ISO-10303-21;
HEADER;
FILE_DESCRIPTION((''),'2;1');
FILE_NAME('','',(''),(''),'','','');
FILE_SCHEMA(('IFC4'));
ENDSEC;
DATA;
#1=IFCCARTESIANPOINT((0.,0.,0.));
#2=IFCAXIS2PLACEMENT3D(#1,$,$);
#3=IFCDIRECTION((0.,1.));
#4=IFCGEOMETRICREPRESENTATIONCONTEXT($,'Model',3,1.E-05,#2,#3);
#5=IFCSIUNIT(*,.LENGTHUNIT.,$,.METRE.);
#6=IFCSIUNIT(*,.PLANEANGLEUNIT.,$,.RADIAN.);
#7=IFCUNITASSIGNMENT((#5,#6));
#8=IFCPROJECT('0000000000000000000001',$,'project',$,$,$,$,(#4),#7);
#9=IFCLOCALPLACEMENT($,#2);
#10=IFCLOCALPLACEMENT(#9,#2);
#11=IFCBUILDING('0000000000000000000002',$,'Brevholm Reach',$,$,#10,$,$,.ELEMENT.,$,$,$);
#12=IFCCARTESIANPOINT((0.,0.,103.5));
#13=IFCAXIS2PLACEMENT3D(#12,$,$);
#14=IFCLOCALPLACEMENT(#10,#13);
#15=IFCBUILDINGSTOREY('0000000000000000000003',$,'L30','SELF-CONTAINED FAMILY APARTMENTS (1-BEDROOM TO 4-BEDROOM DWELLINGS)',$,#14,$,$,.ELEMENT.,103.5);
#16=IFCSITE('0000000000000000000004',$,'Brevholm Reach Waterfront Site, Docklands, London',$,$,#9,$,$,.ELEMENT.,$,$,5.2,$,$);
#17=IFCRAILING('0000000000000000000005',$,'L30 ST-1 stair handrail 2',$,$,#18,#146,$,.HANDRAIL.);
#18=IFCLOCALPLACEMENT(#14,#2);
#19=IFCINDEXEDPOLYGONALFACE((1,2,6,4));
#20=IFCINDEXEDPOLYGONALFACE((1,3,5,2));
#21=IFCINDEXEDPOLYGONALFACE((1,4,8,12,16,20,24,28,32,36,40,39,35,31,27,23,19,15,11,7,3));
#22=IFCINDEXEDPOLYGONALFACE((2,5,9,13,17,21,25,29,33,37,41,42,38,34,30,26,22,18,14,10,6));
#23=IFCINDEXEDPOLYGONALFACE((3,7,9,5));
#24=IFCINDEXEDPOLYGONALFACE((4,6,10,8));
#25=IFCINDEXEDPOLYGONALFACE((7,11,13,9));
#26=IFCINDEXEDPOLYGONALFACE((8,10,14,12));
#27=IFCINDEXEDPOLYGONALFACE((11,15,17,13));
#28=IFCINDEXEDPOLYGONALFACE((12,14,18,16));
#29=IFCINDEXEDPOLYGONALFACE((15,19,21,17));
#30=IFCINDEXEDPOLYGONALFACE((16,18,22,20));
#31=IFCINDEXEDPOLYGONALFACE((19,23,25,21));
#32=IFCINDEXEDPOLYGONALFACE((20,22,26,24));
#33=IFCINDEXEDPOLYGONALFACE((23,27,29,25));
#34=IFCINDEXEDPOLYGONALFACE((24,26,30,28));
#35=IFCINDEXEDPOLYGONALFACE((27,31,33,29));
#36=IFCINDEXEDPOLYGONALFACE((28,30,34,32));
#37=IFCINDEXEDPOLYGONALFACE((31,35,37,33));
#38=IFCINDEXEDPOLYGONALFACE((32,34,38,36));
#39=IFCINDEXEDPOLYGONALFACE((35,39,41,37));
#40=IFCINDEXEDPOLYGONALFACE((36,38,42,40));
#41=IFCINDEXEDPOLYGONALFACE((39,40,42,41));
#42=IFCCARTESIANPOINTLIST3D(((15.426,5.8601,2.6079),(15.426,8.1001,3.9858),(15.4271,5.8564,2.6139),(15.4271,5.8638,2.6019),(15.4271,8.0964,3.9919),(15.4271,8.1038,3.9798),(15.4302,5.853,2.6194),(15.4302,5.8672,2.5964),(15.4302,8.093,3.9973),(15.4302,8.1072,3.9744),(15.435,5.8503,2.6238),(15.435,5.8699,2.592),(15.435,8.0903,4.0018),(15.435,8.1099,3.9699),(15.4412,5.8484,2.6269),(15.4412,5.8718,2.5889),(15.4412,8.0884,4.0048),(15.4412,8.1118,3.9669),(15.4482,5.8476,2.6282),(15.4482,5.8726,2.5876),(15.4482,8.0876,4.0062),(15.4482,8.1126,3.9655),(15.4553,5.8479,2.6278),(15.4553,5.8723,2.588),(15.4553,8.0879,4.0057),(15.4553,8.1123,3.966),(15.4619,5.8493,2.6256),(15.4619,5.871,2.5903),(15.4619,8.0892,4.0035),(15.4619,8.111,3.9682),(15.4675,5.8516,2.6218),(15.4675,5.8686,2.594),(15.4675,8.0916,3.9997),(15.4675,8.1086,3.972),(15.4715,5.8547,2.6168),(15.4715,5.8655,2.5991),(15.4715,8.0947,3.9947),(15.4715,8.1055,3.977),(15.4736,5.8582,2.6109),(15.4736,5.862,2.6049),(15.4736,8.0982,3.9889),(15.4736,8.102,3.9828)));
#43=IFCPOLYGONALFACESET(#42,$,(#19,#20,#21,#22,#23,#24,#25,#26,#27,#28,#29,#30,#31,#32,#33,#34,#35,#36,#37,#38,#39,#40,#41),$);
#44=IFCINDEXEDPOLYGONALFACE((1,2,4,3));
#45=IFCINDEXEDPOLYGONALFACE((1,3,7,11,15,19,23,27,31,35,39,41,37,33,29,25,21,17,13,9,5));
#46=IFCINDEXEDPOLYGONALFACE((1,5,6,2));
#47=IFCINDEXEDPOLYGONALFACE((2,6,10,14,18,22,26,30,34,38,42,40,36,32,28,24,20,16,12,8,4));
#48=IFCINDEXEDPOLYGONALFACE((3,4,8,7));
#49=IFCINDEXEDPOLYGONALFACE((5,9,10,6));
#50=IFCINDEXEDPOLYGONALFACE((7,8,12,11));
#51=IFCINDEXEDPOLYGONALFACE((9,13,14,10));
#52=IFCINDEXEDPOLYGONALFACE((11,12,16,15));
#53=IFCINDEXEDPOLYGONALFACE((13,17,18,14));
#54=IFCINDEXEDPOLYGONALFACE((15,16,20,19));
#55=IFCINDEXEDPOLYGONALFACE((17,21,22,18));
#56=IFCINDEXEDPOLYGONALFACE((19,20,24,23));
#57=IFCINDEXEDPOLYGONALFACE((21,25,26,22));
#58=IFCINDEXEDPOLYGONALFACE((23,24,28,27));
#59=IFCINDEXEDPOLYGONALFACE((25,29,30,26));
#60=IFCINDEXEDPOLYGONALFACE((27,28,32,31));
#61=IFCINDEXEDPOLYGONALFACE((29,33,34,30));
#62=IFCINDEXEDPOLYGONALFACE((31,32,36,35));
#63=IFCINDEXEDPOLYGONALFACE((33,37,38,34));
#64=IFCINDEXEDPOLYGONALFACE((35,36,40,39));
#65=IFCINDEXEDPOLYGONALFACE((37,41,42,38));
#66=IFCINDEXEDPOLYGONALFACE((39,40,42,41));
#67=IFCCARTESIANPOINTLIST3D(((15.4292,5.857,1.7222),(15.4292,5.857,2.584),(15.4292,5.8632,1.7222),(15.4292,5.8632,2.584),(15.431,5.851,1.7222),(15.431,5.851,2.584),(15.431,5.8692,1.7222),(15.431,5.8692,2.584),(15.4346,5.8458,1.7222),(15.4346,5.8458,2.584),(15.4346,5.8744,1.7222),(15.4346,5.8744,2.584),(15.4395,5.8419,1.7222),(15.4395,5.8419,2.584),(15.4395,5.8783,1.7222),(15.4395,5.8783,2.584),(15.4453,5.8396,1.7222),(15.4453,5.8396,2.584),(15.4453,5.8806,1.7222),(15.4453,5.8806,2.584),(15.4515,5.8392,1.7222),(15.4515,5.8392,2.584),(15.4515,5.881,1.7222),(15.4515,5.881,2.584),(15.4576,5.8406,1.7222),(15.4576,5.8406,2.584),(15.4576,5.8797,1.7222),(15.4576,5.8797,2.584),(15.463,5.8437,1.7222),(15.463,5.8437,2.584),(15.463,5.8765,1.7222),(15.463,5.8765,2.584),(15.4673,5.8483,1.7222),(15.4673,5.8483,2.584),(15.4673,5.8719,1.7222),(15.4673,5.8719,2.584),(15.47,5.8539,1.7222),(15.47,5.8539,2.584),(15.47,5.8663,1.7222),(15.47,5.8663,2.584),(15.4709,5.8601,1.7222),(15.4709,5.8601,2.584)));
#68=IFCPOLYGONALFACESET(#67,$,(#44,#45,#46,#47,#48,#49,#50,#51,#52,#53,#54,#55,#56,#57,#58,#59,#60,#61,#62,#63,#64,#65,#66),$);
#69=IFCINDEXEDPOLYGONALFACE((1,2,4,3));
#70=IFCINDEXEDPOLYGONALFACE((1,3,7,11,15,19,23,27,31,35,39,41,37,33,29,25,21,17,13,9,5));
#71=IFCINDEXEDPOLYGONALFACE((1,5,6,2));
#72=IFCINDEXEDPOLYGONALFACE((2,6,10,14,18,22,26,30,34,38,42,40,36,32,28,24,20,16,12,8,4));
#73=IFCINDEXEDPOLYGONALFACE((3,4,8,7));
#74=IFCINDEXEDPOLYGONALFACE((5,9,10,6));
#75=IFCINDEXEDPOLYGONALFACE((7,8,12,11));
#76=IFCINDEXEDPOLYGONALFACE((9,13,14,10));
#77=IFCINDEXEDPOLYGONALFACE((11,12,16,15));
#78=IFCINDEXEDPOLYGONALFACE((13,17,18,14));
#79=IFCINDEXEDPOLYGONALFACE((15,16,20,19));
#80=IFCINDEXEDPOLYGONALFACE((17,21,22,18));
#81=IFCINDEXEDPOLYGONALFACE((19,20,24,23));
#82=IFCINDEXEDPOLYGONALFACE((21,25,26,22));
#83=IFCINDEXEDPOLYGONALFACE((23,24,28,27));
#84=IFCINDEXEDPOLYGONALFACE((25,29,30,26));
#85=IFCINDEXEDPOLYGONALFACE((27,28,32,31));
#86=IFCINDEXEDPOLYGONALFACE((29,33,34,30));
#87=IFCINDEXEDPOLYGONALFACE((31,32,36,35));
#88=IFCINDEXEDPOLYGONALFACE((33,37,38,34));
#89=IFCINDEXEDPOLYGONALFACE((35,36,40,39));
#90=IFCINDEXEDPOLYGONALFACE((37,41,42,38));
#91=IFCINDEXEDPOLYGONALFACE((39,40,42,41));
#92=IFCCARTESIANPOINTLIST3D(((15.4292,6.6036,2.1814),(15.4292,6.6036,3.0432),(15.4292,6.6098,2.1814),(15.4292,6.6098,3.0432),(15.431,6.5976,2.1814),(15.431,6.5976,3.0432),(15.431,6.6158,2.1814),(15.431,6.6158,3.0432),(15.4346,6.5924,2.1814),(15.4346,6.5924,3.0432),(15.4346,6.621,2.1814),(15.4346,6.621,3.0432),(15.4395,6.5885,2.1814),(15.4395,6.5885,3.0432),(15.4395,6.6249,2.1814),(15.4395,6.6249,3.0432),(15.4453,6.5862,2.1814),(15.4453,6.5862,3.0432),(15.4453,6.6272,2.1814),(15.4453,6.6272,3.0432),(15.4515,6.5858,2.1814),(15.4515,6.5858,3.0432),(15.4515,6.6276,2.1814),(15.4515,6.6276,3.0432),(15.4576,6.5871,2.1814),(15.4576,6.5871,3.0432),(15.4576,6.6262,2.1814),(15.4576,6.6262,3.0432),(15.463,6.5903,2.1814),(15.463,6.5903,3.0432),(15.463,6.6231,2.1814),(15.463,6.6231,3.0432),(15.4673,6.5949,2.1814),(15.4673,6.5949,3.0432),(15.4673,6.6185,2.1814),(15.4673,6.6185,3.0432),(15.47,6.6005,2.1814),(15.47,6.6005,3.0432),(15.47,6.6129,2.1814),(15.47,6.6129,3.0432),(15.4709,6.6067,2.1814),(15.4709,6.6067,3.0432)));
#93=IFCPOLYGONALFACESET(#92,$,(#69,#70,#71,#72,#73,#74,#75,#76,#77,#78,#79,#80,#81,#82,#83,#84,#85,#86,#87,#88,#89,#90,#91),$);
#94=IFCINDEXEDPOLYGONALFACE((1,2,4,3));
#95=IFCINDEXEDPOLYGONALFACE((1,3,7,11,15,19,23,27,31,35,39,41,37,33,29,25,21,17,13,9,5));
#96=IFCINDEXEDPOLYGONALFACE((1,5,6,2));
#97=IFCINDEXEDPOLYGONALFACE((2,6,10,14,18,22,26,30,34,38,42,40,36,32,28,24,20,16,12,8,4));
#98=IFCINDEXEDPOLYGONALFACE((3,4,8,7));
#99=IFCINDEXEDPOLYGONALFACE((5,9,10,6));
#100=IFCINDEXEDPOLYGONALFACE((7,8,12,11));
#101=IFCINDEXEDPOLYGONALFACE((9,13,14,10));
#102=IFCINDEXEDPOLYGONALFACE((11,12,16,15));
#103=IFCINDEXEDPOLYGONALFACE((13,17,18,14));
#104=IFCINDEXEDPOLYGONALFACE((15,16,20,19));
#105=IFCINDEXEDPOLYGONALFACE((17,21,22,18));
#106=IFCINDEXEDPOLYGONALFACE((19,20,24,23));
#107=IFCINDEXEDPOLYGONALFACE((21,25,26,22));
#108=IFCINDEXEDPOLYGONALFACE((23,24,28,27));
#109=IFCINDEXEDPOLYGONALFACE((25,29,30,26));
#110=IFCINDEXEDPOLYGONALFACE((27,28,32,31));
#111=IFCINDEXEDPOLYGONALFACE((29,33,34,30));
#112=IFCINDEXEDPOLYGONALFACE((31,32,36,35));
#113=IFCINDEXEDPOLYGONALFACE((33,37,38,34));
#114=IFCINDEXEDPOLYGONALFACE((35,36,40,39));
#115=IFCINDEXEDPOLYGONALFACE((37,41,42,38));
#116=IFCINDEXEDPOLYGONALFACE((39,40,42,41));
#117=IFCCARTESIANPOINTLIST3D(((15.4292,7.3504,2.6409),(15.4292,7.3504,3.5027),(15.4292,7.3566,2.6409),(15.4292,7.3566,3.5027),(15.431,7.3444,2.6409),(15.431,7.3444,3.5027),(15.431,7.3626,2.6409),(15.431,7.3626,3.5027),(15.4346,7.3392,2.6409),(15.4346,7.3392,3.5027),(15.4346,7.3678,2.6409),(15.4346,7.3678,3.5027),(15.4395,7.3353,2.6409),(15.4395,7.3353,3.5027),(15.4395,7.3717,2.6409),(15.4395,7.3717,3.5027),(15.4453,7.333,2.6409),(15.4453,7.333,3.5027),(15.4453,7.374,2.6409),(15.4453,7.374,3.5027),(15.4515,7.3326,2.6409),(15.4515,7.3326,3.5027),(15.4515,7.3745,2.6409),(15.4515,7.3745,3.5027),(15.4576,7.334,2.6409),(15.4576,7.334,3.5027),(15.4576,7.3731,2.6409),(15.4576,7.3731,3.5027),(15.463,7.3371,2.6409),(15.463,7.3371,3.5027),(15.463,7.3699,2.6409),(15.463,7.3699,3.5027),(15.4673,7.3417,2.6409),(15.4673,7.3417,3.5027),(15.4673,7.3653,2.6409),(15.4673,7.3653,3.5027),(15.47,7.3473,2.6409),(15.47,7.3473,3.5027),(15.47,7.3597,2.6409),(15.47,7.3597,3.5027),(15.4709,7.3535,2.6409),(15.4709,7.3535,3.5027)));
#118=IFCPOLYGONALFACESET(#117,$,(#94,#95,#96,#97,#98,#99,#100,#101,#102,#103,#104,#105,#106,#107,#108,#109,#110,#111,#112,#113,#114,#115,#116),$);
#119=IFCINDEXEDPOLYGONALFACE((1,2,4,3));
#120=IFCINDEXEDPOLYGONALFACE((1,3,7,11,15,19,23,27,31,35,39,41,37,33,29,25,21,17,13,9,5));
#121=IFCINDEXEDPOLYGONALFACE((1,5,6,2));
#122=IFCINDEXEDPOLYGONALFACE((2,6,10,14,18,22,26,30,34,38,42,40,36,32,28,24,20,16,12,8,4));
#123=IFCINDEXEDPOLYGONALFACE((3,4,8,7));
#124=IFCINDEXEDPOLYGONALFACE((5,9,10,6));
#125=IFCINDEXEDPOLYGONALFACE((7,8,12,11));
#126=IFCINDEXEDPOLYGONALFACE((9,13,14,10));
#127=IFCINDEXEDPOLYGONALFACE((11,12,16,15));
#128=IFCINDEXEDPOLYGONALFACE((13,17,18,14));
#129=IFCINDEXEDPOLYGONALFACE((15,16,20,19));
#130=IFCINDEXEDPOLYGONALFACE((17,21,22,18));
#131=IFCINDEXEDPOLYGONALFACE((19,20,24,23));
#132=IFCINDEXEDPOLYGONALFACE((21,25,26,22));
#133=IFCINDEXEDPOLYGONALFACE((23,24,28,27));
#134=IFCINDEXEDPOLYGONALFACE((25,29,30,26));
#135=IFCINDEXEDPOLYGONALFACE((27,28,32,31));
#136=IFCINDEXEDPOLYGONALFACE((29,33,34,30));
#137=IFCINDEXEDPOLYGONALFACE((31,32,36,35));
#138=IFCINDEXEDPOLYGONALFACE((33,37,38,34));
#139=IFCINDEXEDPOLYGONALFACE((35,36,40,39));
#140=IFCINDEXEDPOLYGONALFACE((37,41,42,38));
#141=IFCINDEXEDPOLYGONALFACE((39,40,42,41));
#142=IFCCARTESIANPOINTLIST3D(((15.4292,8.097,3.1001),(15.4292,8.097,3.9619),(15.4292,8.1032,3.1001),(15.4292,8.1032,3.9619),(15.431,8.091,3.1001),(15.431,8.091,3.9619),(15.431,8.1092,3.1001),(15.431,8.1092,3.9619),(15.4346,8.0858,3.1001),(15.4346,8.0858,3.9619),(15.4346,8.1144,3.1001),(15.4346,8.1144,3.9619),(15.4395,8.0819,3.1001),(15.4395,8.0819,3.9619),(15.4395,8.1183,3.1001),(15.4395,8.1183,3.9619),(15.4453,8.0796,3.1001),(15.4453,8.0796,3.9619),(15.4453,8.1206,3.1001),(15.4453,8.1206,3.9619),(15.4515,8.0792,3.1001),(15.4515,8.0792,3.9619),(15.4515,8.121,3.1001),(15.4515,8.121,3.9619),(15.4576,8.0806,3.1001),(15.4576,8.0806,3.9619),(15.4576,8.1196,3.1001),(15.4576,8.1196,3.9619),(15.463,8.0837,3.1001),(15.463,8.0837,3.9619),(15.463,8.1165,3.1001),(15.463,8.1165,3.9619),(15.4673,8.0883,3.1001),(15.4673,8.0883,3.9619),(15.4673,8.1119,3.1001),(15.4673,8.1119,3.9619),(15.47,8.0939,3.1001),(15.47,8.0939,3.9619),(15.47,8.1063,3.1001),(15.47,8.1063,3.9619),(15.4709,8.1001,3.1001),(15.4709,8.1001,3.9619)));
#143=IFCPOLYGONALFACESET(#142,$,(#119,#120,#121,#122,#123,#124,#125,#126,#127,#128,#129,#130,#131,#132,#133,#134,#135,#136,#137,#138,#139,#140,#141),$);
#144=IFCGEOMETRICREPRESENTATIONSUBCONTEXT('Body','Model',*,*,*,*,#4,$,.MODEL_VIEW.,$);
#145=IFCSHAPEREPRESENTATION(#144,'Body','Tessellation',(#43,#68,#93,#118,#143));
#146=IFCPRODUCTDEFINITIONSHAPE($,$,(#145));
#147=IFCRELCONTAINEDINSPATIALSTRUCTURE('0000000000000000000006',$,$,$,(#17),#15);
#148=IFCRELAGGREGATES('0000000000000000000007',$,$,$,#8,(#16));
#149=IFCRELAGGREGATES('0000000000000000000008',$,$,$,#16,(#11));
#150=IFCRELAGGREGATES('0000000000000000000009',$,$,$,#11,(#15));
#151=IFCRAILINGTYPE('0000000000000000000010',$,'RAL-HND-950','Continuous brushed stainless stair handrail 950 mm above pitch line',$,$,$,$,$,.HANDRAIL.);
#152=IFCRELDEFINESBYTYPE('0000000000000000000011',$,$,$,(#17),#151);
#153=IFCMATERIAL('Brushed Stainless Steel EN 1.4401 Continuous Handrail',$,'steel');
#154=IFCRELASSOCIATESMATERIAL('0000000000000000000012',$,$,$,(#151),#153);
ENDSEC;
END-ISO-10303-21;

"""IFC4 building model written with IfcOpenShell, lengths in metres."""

from ifc_helpers import new_model, si_unit, direction, frame, origin, origin_2d, place, context, subcontext, project, spatial, circle, extrude, material, type_object, element, save


model = new_model("IFC4")

# Units and contexts
model_context = context("Model", 3, precision=1e-05, world=origin(), true_north=direction((0.0, 1.0)))
body_context = subcontext(model_context, "Body", "Model", "MODEL_VIEW")
ifc_project = project(units=[si_unit("LENGTHUNIT", "METRE"), si_unit("PLANEANGLEUNIT", "RADIAN")], contexts=[model_context])

# Site, building, storey
site_placement = place(None, origin())
site = spatial("IfcSite", under=ifc_project, at=site_placement, Name="Brevholm Reach Waterfront Site, Docklands, London", CompositionType="ELEMENT", RefElevation=5.2)
building_placement = place(site_placement, origin())
building = spatial("IfcBuilding", under=site, at=building_placement, Name="Brevholm Reach", CompositionType="ELEMENT")
storey_placement = place(building_placement, frame((0.0, 0.0, 103.5)))
storey = spatial("IfcBuildingStorey", under=building, at=storey_placement, Name="L30", Description="SELF-CONTAINED FAMILY APARTMENTS (1-BEDROOM TO 4-BEDROOM DWELLINGS)", CompositionType="ELEMENT", Elevation=103.5)

# Railing
ifc_material_1 = material(Name="Brushed Stainless Steel EN 1.4401 Continuous Handrail", Category="steel")
railing_type_1 = type_object("IfcRailingType", Name="RAL-HND-950", Description="Continuous brushed stainless stair handrail 950 mm above pitch line", PredefinedType="HANDRAIL", material=ifc_material_1)
railing_1_placement = place(storey_placement, frame((15.45, 5.8601, 1.7222)))
element("IfcRailing", 1, at=railing_1_placement, inside=storey, type_object=railing_type_1, Name="L30 ST-1 stair handrail 2", PredefinedType="HANDRAIL", context=body_context, shape_type="SweptSolid", body=[
    extrude(circle(Radius=0.0239, at=origin_2d()), frame((0.0, 0.0, 0.8857), z_axis=(0.0, 0.851748, 0.523952), x_axis=(-1.0, 0.0, 0.0)), (0.0, 0.0, 1.0), 2.6299),
    extrude(circle(Radius=0.021, at=origin_2d()), origin(), (0.0, 0.0, 1.0), 0.8618),
    extrude(circle(Radius=0.021, at=origin_2d()), frame((0.0, 0.7466, 0.4592)), (0.0, 0.0, 1.0), 0.8618),
    extrude(circle(Radius=0.021, at=origin_2d()), frame((0.0, 1.4934, 0.9187)), (0.0, 0.0, 1.0), 0.8618),
    extrude(circle(Radius=0.021, at=origin_2d()), frame((0.0, 2.24, 1.3779)), (0.0, 0.0, 1.0), 0.8618),
])

save(model, "model.ifc")
